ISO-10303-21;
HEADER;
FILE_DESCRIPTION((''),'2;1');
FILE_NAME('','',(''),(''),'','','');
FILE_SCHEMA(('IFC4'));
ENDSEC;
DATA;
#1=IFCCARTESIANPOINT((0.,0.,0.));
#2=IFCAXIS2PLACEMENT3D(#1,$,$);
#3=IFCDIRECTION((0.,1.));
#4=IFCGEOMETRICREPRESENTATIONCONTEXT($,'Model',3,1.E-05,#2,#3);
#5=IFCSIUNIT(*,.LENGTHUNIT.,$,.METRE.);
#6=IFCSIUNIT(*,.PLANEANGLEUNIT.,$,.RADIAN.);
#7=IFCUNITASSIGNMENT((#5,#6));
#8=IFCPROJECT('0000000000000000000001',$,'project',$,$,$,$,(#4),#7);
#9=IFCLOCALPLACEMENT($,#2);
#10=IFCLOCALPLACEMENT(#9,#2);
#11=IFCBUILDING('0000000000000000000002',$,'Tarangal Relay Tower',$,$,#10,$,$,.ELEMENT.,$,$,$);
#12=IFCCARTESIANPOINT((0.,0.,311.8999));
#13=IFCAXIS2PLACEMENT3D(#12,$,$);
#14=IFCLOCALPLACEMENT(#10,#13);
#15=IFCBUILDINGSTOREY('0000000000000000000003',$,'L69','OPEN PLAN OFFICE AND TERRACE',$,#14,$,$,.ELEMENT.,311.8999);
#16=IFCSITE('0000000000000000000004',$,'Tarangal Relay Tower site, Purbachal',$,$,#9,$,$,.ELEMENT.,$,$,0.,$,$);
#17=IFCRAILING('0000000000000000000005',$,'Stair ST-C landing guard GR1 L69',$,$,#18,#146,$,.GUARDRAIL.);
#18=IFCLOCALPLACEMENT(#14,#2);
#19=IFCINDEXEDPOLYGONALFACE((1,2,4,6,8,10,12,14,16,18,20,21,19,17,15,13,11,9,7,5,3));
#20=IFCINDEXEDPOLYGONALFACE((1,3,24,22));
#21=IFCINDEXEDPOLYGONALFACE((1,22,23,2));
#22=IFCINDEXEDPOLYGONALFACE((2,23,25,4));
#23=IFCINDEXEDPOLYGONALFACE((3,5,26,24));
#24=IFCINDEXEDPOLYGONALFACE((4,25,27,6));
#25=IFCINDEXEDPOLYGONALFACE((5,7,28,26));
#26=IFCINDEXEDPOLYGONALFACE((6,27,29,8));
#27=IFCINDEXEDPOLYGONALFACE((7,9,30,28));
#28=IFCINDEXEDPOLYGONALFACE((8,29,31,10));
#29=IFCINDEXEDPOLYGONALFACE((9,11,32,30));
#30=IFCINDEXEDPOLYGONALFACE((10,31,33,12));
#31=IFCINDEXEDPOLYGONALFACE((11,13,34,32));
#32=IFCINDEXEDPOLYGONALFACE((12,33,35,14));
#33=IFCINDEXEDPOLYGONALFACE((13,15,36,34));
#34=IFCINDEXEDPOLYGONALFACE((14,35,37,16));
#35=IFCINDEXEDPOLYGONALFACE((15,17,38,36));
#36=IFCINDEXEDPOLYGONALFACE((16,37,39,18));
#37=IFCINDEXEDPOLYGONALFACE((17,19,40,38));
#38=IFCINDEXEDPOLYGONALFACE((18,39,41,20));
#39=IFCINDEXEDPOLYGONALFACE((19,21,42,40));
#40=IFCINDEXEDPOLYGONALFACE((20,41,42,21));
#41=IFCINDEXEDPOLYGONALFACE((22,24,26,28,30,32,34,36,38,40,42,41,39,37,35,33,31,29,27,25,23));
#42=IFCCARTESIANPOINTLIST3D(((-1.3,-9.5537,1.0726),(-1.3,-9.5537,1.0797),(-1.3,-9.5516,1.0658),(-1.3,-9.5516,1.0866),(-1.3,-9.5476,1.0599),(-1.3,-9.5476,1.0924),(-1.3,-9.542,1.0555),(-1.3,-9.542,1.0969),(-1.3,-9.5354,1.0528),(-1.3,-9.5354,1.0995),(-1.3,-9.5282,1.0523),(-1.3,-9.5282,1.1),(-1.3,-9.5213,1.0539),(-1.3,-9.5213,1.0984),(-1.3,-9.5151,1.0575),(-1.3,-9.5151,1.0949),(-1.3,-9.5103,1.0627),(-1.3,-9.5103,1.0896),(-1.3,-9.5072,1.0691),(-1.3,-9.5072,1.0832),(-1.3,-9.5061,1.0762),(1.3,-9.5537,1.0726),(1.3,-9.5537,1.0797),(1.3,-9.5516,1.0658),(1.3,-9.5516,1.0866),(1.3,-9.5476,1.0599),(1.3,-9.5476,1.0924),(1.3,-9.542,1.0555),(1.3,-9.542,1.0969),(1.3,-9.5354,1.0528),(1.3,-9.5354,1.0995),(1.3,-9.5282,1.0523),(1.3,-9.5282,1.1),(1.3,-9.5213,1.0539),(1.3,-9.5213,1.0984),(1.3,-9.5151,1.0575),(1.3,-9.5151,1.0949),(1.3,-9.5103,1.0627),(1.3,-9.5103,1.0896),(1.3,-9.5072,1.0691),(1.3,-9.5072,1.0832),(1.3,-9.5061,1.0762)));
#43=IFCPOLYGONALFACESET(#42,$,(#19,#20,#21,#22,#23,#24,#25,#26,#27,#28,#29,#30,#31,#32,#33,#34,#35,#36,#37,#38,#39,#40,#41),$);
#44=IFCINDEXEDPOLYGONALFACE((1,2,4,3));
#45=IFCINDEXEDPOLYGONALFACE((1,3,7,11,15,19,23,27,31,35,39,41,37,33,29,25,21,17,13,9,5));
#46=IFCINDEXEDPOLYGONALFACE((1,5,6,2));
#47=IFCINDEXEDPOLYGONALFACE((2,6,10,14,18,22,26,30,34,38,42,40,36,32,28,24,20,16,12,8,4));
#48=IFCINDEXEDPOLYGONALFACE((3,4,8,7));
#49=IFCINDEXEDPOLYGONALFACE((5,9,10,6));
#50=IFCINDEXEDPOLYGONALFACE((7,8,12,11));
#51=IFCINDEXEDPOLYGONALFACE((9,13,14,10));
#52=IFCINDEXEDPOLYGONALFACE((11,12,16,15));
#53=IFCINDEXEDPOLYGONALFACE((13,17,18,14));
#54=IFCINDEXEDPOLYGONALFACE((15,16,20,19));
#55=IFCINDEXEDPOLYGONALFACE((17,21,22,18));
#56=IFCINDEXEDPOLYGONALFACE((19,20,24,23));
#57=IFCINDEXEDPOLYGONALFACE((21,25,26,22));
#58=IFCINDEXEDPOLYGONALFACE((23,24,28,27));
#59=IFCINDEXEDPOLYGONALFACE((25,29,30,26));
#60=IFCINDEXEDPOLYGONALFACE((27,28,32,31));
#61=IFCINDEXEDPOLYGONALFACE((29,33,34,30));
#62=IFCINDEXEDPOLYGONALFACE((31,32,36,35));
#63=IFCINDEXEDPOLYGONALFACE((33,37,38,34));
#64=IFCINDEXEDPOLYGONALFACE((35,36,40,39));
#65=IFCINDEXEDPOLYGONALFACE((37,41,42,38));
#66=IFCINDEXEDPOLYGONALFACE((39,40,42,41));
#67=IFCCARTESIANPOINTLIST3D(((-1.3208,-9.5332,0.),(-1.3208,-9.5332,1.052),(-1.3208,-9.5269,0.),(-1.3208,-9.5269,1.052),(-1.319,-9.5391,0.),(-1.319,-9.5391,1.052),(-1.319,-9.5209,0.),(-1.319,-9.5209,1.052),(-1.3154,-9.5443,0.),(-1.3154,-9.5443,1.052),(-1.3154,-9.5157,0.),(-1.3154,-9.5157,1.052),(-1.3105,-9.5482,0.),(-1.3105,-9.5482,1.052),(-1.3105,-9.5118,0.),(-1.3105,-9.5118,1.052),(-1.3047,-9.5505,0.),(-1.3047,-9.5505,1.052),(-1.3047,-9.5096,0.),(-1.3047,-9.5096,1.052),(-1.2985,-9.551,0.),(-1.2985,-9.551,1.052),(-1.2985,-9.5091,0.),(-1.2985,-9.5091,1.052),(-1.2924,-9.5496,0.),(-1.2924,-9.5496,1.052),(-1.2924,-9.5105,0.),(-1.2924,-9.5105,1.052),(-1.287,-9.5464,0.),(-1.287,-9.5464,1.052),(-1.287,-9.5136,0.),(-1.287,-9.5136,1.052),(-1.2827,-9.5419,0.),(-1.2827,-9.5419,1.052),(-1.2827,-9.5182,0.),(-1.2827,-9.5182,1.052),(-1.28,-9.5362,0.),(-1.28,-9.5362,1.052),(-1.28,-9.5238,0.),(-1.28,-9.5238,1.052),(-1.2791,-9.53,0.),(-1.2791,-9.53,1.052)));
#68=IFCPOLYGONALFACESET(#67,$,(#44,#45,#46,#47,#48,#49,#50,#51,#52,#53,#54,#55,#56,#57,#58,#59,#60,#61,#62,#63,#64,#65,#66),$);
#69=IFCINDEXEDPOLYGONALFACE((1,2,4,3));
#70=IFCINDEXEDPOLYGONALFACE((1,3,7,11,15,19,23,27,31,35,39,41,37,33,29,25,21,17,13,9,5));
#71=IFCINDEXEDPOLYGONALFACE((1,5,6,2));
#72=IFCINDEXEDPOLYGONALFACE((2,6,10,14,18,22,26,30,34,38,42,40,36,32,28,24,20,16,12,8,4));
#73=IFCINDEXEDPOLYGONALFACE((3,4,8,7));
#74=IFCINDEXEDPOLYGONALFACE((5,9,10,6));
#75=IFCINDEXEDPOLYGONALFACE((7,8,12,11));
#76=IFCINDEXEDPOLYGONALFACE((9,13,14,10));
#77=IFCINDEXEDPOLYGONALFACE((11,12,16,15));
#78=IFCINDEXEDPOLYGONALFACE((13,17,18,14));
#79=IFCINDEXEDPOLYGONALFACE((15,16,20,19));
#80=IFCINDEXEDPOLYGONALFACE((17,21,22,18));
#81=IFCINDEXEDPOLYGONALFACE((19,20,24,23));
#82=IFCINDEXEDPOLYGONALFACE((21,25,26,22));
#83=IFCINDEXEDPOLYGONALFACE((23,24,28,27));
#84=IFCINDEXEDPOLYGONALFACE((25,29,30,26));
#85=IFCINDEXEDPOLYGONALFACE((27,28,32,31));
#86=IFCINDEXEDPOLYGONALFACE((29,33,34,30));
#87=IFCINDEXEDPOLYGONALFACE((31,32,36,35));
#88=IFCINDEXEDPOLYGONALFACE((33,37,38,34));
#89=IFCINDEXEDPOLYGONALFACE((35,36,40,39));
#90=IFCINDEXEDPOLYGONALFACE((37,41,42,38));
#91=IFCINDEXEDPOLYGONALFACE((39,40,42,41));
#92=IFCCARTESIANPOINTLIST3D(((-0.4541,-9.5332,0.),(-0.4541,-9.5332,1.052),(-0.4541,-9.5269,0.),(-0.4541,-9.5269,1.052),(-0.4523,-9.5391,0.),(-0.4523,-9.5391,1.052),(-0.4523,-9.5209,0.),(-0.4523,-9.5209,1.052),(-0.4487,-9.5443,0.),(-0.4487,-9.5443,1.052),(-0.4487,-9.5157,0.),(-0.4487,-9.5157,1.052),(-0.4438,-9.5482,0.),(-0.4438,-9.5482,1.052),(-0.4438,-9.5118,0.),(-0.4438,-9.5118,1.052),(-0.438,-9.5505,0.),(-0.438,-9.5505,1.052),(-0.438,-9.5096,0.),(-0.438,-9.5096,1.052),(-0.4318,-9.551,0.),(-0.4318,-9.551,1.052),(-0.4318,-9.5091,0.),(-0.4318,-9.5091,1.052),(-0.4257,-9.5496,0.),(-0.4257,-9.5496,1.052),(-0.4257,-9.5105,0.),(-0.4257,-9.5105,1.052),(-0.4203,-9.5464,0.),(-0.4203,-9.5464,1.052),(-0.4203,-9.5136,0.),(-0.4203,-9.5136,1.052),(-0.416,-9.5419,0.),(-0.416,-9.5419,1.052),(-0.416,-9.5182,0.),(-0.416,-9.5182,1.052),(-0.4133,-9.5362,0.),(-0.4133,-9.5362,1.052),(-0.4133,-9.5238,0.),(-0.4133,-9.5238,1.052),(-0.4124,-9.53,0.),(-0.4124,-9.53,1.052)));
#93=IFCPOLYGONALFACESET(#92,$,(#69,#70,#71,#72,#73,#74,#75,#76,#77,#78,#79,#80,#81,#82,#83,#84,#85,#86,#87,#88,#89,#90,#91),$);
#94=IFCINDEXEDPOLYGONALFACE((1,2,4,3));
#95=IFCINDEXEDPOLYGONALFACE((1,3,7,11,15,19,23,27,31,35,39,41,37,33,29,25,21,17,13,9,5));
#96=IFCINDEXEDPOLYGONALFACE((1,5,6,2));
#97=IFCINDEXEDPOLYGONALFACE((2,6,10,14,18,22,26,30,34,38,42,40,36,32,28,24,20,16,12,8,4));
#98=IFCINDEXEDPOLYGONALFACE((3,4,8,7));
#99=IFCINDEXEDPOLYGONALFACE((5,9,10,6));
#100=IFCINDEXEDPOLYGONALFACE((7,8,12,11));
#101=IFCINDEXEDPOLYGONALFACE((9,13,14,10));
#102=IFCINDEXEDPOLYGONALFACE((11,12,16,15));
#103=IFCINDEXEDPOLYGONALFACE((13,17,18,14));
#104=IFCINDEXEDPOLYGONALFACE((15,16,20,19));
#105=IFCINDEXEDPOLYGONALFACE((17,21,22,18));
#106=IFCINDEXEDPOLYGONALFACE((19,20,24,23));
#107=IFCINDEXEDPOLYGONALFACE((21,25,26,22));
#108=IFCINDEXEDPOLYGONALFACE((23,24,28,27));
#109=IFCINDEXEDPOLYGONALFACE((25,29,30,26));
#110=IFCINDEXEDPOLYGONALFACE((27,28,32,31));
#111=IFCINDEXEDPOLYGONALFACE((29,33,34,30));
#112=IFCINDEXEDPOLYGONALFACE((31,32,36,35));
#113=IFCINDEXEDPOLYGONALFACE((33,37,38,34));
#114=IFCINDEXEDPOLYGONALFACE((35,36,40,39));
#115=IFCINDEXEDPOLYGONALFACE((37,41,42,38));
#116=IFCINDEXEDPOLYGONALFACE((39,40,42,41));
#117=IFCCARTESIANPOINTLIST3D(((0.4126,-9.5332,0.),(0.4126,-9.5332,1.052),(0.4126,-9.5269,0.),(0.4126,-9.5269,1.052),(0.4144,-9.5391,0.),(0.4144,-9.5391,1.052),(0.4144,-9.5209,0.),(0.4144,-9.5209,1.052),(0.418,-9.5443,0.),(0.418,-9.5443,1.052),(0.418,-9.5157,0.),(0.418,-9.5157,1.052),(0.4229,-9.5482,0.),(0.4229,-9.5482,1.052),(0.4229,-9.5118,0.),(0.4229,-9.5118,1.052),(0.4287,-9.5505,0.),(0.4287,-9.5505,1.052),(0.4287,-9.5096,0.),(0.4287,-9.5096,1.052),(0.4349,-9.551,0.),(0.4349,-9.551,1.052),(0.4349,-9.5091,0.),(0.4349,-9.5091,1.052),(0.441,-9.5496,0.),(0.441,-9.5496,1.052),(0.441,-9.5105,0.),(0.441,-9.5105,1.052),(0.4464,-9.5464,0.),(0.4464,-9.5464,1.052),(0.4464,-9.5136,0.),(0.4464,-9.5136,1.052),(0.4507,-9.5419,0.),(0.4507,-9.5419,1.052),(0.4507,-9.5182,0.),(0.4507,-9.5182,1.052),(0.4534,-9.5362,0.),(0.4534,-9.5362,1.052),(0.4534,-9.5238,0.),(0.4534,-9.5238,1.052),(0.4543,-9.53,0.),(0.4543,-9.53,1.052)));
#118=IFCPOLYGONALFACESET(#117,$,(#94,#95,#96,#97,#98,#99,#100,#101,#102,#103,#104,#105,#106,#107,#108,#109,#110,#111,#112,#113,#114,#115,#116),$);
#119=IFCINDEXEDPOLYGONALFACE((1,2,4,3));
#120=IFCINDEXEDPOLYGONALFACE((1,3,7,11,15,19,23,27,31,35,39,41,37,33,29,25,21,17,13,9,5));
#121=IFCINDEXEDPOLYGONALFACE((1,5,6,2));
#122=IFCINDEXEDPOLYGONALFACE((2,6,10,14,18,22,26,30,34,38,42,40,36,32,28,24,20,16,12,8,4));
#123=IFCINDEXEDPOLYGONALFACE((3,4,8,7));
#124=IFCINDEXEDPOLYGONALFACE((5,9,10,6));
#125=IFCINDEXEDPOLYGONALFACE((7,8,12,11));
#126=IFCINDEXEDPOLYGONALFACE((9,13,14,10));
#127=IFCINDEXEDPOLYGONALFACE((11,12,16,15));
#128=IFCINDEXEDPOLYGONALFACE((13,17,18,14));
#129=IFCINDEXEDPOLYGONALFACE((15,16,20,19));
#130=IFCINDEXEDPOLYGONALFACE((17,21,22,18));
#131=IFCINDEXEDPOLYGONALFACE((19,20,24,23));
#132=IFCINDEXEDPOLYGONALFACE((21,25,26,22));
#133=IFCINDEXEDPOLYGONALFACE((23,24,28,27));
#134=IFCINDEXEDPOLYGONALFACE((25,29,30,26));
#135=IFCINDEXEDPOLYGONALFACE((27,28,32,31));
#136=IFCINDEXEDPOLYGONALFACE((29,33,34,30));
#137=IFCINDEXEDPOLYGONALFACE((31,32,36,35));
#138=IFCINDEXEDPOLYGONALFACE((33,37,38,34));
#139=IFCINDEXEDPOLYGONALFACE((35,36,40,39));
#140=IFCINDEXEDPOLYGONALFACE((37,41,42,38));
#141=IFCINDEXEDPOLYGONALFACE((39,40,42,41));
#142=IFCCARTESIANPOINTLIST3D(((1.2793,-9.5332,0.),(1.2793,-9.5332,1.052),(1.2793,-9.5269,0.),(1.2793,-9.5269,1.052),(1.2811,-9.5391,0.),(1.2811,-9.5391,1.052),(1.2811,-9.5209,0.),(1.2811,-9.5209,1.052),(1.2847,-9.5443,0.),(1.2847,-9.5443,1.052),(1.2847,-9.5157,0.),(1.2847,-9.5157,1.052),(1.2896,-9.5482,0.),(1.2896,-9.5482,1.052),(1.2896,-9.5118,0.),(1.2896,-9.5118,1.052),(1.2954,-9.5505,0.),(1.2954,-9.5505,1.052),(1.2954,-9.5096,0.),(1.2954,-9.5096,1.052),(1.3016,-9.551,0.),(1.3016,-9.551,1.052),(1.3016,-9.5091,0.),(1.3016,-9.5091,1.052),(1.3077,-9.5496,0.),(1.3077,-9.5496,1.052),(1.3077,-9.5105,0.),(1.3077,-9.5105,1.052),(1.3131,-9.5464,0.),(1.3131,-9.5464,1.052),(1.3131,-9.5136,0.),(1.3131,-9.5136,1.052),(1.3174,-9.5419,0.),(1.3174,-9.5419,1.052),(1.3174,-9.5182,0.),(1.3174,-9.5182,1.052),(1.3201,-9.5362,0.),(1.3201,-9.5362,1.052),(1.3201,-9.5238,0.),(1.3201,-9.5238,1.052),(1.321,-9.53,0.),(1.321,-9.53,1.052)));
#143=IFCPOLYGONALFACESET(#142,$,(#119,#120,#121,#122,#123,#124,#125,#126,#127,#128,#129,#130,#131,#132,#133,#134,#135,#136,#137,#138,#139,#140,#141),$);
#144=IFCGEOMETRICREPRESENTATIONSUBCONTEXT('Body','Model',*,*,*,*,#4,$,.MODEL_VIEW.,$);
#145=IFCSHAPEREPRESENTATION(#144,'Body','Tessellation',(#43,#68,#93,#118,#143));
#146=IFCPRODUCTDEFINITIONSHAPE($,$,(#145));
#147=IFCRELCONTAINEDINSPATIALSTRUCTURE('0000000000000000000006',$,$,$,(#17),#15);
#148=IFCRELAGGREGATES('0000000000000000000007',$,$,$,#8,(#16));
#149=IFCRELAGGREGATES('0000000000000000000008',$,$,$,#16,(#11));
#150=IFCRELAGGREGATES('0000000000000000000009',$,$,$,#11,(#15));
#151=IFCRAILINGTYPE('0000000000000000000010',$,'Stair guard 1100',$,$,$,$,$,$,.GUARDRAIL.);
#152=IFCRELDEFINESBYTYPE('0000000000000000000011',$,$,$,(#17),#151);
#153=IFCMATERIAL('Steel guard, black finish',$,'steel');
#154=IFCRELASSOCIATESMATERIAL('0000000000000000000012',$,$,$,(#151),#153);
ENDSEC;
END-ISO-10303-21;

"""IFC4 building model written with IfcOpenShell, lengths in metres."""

from ifc_helpers import new_model, si_unit, direction, frame, origin, origin_2d, place, context, subcontext, project, spatial, circle, extrude, material, type_object, element, save


model = new_model("IFC4")

# Units and contexts
model_context = context("Model", 3, precision=1e-05, world=origin(), true_north=direction((0.0, 1.0)))
body_context = subcontext(model_context, "Body", "Model", "MODEL_VIEW")
ifc_project = project(units=[si_unit("LENGTHUNIT", "METRE"), si_unit("PLANEANGLEUNIT", "RADIAN")], contexts=[model_context])

# Site, building, storey
site_placement = place(None, origin())
site = spatial("IfcSite", under=ifc_project, at=site_placement, Name="Tarangal Relay Tower site, Purbachal", CompositionType="ELEMENT", RefElevation=0.0)
building_placement = place(site_placement, origin())
building = spatial("IfcBuilding", under=site, at=building_placement, Name="Tarangal Relay Tower", CompositionType="ELEMENT")
storey_placement = place(building_placement, frame((0.0, 0.0, 311.8999)))
storey = spatial("IfcBuildingStorey", under=building, at=storey_placement, Name="L69", Description="OPEN PLAN OFFICE AND TERRACE", CompositionType="ELEMENT", Elevation=311.8999)

# Railing
ifc_material_1 = material(Name="Steel guard, black finish", Category="steel")
railing_type_1 = type_object("IfcRailingType", Name="Stair guard 1100", PredefinedType="GUARDRAIL", material=ifc_material_1)
railing_1_placement = place(storey_placement, frame((-1.3, -9.53, 0.0)))
element("IfcRailing", 1, at=railing_1_placement, inside=storey, type_object=railing_type_1, Name="Stair ST-C landing guard GR1 L69", PredefinedType="GUARDRAIL", context=body_context, shape_type="SweptSolid", body=[
    extrude(circle(Radius=0.0239, at=origin_2d()), frame((0.0, 0.0, 1.0762), z_axis=(1.0, 0.0, 0.0), x_axis=(0.0, 1.0, 0.0)), (0.0, 0.0, 1.0), 2.6001),
    extrude(circle(Radius=0.021, at=origin_2d()), origin(), (0.0, 0.0, 1.0), 1.052),
    extrude(circle(Radius=0.021, at=origin_2d()), frame((0.8667, 0.0, 0.0)), (0.0, 0.0, 1.0), 1.052),
    extrude(circle(Radius=0.021, at=origin_2d()), frame((1.7334, 0.0, 0.0)), (0.0, 0.0, 1.0), 1.052),
    extrude(circle(Radius=0.021, at=origin_2d()), frame((2.6001, 0.0, 0.0)), (0.0, 0.0, 1.0), 1.052),
])

save(model, "model.ifc")
